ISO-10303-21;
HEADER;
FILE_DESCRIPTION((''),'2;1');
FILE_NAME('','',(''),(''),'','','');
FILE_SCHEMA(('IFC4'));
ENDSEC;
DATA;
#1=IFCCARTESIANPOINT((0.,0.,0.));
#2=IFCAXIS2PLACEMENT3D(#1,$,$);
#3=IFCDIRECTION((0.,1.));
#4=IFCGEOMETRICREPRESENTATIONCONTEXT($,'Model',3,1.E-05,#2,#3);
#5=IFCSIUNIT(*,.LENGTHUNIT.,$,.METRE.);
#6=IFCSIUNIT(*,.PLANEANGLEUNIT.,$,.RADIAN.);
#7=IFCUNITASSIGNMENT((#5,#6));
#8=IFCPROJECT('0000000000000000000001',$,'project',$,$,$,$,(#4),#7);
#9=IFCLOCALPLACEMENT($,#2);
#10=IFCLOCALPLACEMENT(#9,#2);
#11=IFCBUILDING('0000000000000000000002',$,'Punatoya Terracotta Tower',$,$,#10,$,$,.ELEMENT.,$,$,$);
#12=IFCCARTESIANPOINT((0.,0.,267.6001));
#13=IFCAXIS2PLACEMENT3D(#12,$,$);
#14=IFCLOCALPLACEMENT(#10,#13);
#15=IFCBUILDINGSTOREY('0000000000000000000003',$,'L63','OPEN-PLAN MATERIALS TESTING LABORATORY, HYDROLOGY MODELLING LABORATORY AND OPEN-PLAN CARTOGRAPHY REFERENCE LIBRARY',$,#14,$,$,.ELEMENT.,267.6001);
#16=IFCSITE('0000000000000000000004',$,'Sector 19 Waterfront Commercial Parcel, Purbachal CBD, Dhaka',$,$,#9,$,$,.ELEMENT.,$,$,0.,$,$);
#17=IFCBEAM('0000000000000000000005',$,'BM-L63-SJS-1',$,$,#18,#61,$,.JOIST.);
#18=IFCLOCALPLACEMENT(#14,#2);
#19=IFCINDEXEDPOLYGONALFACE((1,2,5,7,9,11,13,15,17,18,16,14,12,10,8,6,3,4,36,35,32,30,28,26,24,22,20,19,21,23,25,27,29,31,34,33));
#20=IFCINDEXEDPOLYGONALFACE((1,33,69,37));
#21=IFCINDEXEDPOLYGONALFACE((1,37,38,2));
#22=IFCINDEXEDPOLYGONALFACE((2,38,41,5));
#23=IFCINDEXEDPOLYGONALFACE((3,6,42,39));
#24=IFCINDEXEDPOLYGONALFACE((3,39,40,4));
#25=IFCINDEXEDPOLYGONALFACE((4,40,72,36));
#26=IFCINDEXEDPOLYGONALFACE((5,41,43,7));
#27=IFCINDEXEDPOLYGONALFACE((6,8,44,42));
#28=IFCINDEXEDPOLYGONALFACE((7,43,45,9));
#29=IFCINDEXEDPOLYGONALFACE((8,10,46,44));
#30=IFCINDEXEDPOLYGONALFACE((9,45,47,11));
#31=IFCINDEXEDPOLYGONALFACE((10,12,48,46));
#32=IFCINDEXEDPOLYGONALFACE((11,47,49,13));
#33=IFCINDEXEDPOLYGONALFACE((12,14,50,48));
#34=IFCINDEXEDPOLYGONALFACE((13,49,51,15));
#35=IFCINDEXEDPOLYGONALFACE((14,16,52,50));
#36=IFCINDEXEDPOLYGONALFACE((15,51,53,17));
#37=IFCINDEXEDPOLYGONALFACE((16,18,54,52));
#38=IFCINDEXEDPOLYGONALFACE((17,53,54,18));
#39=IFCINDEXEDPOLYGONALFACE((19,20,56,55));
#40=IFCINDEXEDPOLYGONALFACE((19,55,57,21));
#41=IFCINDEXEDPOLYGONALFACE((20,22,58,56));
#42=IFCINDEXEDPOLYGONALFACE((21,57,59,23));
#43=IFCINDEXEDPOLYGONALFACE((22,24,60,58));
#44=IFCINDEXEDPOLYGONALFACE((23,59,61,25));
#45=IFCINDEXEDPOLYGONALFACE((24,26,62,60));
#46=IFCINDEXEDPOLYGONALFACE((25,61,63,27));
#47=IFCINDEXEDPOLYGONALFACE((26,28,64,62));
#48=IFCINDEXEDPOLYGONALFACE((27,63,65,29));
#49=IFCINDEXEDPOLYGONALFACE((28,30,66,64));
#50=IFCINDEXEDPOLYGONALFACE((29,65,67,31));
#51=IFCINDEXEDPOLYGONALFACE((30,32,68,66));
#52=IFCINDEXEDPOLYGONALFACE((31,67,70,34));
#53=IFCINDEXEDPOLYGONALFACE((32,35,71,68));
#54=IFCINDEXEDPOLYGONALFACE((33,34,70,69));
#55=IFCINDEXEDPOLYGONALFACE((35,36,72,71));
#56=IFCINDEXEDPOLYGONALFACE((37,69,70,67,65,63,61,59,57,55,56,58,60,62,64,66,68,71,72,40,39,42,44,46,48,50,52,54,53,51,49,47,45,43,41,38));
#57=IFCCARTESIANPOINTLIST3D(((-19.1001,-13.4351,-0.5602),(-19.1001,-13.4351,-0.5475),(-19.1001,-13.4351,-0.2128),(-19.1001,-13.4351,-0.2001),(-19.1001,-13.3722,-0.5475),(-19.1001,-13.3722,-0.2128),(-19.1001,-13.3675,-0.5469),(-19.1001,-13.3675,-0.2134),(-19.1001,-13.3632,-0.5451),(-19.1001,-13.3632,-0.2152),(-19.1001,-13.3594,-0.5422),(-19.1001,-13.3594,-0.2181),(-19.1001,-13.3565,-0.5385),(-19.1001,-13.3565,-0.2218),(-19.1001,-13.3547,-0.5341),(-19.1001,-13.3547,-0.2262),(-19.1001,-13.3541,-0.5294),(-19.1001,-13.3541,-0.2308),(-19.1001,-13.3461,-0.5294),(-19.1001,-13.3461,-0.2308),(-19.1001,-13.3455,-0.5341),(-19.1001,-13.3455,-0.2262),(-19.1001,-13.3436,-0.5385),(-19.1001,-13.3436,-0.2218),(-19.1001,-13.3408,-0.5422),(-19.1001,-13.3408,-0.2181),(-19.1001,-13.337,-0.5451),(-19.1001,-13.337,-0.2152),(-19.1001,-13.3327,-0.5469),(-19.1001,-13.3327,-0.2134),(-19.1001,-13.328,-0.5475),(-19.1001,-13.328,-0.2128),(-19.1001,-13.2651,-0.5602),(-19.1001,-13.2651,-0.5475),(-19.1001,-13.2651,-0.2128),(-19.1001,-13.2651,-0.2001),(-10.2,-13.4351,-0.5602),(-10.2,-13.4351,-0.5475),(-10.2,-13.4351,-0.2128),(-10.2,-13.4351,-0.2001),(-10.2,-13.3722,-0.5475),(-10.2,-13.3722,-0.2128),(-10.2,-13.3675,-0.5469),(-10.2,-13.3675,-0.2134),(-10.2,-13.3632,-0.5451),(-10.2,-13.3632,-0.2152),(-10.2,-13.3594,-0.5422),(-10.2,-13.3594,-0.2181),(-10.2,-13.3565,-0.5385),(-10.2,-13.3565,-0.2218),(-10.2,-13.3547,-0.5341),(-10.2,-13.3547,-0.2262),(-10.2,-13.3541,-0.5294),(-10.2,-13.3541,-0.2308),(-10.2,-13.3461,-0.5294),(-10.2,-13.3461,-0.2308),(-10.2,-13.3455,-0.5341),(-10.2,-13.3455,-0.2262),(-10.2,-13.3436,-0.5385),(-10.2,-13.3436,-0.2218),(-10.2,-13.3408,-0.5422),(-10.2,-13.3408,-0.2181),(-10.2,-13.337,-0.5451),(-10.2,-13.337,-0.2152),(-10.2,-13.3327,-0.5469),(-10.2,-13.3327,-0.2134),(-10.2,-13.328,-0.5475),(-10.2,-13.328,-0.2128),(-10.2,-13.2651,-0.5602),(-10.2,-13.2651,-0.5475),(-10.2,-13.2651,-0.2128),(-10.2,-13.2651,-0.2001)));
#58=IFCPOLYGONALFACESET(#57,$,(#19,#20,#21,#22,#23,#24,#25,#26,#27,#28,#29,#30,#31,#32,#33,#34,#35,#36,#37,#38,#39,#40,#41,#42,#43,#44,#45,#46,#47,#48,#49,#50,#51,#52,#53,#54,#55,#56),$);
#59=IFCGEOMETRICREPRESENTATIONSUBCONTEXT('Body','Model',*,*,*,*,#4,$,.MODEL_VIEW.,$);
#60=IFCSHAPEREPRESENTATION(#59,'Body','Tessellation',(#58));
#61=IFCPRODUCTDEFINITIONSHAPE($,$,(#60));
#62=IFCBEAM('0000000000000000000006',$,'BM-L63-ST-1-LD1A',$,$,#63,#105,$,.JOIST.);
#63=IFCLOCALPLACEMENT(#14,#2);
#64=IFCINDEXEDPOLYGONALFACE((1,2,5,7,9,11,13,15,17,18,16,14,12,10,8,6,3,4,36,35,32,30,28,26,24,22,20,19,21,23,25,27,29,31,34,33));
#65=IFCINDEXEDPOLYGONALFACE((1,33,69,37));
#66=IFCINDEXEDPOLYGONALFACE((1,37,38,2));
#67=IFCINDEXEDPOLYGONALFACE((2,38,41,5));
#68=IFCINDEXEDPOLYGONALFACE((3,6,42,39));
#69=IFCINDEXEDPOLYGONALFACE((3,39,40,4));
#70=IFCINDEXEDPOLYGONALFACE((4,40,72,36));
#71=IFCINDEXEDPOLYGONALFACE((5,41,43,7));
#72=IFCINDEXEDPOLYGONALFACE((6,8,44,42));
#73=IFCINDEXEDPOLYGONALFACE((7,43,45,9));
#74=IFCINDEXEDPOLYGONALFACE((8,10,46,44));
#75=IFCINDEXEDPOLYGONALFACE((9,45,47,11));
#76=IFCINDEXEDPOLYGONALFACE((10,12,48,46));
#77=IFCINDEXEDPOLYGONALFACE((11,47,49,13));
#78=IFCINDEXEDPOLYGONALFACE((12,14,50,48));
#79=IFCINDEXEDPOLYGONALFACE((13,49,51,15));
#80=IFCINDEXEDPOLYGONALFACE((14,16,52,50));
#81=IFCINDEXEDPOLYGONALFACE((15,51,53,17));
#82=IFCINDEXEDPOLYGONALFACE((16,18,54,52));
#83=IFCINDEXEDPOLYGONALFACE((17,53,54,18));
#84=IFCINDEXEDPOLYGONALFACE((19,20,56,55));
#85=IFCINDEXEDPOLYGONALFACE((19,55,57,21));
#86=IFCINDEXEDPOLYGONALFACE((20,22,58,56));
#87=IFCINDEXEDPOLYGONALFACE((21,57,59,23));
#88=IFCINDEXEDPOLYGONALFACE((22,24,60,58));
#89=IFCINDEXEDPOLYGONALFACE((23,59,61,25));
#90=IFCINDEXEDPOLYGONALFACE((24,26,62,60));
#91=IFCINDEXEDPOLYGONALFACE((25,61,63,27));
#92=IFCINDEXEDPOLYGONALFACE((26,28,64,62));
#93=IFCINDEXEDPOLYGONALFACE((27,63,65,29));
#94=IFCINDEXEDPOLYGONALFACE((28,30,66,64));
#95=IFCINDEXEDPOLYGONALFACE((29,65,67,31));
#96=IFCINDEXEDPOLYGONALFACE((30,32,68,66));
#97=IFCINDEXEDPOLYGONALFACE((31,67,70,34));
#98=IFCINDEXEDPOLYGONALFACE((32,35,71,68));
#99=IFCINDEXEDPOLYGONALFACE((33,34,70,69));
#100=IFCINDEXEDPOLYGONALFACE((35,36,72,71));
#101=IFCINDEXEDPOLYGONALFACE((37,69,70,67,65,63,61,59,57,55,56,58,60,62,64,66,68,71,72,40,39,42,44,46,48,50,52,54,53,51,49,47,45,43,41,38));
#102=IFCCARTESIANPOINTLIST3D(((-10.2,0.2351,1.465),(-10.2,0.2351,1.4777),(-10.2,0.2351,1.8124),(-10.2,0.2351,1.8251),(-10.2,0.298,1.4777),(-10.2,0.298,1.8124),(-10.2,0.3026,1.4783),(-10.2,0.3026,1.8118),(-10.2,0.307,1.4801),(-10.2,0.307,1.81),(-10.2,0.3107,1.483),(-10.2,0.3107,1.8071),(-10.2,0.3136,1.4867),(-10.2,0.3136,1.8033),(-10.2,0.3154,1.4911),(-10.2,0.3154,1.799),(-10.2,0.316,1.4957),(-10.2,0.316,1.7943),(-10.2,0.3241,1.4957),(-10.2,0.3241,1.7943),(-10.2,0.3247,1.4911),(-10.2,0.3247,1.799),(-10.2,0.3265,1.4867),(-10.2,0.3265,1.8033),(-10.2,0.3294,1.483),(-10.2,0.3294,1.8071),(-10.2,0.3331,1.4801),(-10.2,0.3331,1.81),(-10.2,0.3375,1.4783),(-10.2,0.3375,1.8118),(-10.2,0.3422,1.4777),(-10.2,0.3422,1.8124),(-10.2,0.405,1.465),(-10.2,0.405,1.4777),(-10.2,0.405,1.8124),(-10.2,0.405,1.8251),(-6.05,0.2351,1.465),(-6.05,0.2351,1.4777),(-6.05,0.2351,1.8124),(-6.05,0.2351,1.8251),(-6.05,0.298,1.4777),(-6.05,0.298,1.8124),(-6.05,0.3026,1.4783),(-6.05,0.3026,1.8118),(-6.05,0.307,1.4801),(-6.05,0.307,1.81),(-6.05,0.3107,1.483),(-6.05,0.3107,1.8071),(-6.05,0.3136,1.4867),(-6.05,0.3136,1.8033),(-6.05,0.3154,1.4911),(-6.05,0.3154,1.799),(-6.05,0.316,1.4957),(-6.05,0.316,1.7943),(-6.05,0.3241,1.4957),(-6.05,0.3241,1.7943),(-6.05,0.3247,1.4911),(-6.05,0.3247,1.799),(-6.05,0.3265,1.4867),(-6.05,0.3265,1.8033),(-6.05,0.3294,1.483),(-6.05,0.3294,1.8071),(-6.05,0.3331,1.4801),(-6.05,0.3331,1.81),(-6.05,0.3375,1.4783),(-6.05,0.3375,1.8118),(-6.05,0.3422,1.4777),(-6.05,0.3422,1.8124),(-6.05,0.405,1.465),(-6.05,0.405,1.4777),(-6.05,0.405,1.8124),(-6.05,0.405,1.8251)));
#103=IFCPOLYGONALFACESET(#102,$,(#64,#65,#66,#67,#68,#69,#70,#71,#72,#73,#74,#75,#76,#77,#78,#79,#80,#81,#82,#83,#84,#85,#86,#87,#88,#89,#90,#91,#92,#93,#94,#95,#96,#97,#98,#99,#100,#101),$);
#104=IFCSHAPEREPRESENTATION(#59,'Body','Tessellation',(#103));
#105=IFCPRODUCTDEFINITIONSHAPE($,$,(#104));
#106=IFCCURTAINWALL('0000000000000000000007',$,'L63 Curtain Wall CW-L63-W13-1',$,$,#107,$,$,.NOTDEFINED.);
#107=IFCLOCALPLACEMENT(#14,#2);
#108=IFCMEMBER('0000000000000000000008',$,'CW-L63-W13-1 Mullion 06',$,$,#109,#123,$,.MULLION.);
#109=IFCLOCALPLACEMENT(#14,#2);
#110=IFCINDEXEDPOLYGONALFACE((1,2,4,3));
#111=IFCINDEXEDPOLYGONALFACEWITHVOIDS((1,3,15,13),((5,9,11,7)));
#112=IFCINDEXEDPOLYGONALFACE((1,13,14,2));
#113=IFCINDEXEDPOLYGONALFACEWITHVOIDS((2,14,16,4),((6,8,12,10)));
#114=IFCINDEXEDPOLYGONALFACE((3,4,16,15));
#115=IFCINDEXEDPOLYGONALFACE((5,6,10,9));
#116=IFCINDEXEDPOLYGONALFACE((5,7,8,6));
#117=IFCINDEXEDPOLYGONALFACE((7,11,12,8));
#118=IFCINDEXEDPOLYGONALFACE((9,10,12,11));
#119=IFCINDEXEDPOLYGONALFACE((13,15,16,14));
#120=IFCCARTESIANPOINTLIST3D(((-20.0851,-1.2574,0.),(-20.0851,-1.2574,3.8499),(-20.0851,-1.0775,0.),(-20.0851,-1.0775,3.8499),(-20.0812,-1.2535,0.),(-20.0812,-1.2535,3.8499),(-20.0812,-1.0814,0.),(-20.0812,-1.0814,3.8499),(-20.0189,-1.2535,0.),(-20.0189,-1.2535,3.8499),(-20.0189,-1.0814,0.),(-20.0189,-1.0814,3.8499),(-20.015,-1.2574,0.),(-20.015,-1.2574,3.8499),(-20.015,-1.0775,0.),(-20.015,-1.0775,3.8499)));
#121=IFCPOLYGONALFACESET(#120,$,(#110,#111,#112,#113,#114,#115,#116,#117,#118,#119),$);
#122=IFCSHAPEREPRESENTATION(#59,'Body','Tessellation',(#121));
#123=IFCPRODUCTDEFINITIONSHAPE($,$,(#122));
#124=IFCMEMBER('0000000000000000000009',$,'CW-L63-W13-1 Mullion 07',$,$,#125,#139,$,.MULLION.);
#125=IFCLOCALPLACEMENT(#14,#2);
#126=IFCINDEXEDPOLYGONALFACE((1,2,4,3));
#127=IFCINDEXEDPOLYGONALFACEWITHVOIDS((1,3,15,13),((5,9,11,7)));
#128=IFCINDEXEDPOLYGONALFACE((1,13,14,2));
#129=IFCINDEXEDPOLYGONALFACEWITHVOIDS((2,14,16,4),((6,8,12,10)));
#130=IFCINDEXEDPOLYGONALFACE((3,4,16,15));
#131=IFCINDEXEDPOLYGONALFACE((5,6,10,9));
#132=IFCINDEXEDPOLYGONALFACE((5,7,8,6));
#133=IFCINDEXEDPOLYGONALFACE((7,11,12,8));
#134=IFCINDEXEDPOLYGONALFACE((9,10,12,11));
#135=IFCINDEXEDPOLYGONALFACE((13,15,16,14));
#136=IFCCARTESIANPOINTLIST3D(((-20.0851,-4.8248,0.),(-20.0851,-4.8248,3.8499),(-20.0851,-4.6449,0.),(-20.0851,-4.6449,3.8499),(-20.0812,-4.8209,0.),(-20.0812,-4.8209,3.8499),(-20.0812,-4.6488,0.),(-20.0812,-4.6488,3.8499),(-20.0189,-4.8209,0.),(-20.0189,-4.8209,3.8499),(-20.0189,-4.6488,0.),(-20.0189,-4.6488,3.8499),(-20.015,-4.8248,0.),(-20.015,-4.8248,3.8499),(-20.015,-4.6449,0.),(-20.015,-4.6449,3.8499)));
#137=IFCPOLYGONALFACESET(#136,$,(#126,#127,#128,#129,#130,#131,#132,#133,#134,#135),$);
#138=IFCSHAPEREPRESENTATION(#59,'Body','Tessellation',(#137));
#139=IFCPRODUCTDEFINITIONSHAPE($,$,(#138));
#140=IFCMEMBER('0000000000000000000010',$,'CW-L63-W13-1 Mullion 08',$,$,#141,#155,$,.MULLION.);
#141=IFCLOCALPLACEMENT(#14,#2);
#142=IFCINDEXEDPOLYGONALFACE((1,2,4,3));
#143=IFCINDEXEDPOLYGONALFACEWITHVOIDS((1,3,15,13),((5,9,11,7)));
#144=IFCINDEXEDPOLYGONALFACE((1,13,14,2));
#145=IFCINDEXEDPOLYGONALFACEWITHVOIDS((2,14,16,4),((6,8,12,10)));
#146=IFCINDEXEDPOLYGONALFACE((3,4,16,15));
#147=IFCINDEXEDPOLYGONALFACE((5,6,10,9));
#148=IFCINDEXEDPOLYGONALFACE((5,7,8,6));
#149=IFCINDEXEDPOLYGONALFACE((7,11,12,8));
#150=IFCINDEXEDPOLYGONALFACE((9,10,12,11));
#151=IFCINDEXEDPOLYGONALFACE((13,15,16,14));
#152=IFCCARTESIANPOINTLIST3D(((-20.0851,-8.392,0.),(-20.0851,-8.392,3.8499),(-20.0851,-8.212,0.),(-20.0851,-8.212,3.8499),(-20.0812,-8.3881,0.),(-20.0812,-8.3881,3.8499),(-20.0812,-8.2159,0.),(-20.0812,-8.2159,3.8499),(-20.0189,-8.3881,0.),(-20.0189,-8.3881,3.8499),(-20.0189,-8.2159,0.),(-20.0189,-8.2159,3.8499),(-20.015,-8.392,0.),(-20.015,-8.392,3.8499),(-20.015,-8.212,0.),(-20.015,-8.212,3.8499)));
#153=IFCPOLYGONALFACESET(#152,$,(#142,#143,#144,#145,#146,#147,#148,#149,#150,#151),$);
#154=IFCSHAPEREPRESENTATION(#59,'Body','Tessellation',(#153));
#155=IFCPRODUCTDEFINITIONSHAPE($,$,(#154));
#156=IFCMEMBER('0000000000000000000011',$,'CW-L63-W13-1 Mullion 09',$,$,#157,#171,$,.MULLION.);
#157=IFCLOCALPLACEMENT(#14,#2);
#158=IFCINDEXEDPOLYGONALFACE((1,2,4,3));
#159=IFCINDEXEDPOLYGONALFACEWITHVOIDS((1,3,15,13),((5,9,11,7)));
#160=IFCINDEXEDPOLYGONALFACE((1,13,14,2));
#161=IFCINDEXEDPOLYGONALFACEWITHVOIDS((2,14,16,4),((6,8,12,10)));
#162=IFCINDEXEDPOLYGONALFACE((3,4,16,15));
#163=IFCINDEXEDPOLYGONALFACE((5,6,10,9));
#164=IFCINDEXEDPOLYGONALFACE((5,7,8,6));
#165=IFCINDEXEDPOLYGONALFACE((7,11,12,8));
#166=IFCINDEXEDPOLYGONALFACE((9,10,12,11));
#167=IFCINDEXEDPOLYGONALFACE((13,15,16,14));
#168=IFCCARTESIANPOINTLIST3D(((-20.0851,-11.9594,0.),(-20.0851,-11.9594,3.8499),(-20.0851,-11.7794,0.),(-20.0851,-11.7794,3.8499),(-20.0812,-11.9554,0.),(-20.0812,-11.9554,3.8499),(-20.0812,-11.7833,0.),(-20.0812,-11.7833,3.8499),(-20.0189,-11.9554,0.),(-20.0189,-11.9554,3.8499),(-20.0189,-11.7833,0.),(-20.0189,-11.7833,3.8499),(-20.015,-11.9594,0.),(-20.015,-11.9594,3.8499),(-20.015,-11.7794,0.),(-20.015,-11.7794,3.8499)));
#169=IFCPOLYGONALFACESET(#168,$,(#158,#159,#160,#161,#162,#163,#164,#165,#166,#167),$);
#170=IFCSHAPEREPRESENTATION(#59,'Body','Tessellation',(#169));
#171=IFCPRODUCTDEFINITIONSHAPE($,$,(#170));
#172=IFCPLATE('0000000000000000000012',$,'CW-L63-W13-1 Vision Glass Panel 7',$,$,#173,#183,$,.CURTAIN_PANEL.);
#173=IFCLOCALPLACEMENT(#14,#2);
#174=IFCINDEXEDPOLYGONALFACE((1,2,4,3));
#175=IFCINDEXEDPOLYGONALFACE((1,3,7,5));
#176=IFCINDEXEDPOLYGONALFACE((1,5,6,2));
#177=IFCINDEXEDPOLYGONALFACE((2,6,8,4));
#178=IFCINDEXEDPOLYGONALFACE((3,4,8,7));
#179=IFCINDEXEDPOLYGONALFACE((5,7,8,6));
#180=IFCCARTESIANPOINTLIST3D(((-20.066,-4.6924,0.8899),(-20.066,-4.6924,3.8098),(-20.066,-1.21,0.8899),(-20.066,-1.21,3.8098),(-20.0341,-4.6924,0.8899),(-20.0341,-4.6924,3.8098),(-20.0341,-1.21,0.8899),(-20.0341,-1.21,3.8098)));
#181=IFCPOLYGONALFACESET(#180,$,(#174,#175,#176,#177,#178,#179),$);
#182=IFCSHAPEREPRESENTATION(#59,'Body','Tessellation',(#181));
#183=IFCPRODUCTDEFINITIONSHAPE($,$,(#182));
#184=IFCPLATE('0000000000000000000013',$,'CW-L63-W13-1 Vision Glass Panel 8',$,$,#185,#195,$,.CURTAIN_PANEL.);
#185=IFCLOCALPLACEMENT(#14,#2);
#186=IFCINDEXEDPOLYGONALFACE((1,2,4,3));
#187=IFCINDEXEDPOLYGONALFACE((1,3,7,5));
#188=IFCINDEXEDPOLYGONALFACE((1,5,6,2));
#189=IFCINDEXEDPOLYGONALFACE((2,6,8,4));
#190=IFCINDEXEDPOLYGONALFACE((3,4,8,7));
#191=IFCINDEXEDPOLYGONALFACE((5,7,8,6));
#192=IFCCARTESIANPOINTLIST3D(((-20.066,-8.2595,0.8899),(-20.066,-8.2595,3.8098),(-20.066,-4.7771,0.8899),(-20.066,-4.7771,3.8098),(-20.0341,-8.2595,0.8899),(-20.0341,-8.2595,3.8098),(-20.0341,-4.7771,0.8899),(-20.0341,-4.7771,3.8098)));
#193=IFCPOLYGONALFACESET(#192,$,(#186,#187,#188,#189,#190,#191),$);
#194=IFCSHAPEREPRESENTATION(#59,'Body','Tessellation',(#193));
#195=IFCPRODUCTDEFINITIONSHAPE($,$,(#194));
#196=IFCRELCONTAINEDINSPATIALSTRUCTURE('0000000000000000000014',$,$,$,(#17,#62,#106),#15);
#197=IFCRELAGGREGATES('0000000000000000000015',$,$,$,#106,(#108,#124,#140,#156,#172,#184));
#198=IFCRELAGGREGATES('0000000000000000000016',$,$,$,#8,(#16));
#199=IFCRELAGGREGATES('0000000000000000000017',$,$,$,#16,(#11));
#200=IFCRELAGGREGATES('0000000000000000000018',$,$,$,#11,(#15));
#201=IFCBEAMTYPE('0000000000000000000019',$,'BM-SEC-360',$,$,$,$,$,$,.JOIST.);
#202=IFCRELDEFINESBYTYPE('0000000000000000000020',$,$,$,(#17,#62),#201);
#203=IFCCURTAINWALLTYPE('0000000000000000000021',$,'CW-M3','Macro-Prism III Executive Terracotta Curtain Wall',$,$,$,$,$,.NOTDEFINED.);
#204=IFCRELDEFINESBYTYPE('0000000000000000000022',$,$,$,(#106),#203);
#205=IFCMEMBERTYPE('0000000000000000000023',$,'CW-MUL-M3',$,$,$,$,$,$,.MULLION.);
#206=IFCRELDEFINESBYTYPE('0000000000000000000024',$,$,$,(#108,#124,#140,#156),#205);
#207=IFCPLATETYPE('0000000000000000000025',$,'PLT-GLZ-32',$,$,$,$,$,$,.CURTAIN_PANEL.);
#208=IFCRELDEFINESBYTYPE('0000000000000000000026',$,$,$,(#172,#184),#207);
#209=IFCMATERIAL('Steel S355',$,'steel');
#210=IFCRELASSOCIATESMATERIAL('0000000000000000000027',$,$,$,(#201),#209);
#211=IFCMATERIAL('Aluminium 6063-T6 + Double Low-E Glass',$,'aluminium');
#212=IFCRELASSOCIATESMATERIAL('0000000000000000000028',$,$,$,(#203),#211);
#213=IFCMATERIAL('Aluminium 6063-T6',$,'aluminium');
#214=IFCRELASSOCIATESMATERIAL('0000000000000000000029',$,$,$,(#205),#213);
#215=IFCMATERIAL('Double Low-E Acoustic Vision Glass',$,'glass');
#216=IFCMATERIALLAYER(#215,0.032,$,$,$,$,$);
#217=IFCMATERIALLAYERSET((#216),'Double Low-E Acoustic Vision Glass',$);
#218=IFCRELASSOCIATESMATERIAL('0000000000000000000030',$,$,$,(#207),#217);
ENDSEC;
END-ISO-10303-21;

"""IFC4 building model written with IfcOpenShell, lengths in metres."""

from ifc_helpers import new_model, si_unit, direction, frame, origin, origin_2d, place, context, subcontext, project, spatial, rectangle, hollow_rectangle, i_section, extrude, material, layer, layer_set, material_profile, profile_set, type_object, element, aggregate, save


model = new_model("IFC4")

# Units and contexts
model_context = context("Model", 3, precision=1e-05, world=origin(), true_north=direction((0.0, 1.0)))
body_context = subcontext(model_context, "Body", "Model", "MODEL_VIEW")
ifc_project = project(units=[si_unit("LENGTHUNIT", "METRE"), si_unit("PLANEANGLEUNIT", "RADIAN")], contexts=[model_context])

# Site, building, storey
site_placement = place(None, origin())
site = spatial("IfcSite", under=ifc_project, at=site_placement, Name="Sector 19 Waterfront Commercial Parcel, Purbachal CBD, Dhaka", CompositionType="ELEMENT", RefElevation=0.0)
building_placement = place(site_placement, origin())
building = spatial("IfcBuilding", under=site, at=building_placement, Name="Punatoya Terracotta Tower", CompositionType="ELEMENT")
storey_placement = place(building_placement, frame((0.0, 0.0, 267.6001)))
storey = spatial("IfcBuildingStorey", under=building, at=storey_placement, Name="L63", Description="OPEN-PLAN MATERIALS TESTING LABORATORY, HYDROLOGY MODELLING LABORATORY AND OPEN-PLAN CARTOGRAPHY REFERENCE LIBRARY", CompositionType="ELEMENT", Elevation=267.6001)

# Beams
ifc_material_1 = material(Name="Steel S355", Category="steel")
ifc_material_profile_1 = material_profile(ifc_material_1, i_section(OverallWidth=0.1699, OverallDepth=0.3601, WebThickness=0.0081, FlangeThickness=0.0127, FilletRadius=0.0181, at=origin_2d()))
ifc_profile_set_1 = profile_set([ifc_material_profile_1], Name="Steel S355")
beam_type_1 = type_object("IfcBeamType", Name="BM-SEC-360", PredefinedType="JOIST", material=ifc_profile_set_1)
beam_1_placement = place(storey_placement, frame((-19.1001, -13.3501, -0.3801), z_axis=(1.0, 0.0, 0.0), x_axis=(0.0, 1.0, 0.0)))
element("IfcBeam", 1, at=beam_1_placement, inside=storey, type_object=beam_type_1, Name="BM-L63-SJS-1", PredefinedType="JOIST", context=body_context, shape_type="SweptSolid", body=[
    extrude(i_section(OverallWidth=0.1699, OverallDepth=0.3601, WebThickness=0.0081, FlangeThickness=0.0127, FilletRadius=0.0181, at=origin_2d()), origin(), (0.0, 0.0, 1.0), 8.9001),
])
beam_2_placement = place(storey_placement, frame((-10.2, 0.3201, 1.645), z_axis=(1.0, 0.0, 0.0), x_axis=(0.0, 1.0, 0.0)))
element("IfcBeam", 2, at=beam_2_placement, inside=storey, type_object=beam_type_1, Name="BM-L63-ST-1-LD1A", PredefinedType="JOIST", context=body_context, shape_type="SweptSolid", body=[
    extrude(i_section(OverallWidth=0.1699, OverallDepth=0.3601, WebThickness=0.0081, FlangeThickness=0.0127, FilletRadius=0.0181, at=origin_2d()), origin(), (0.0, 0.0, 1.0), 4.1499),
])

# Curtain wall, members, plates
ifc_material_2 = material(Name="Aluminium 6063-T6 + Double Low-E Glass", Category="aluminium")
curtain_wall_type = type_object("IfcCurtainWallType", Name="CW-M3", Description="Macro-Prism III Executive Terracotta Curtain Wall", PredefinedType="NOTDEFINED", material=ifc_material_2)
curtain_wall_placement = place(storey_placement, origin())
curtain_wall = element("IfcCurtainWall", 3, at=curtain_wall_placement, inside=storey, type_object=curtain_wall_type, Name="L63 Curtain Wall CW-L63-W13-1", PredefinedType="NOTDEFINED")
ifc_material_3 = material(Name="Aluminium 6063-T6", Category="aluminium")
ifc_material_profile_2 = material_profile(ifc_material_3, hollow_rectangle(XDim=0.0701, YDim=0.1799, WallThickness=0.0039, at=origin_2d()))
ifc_profile_set_2 = profile_set([ifc_material_profile_2], Name="Aluminium 6063-T6")
member_type = type_object("IfcMemberType", Name="CW-MUL-M3", PredefinedType="MULLION", material=ifc_profile_set_2)
member_1_placement = place(storey_placement, frame((-20.05, -1.1675, 0.0), z_axis=(0.0, 0.0, 1.0), x_axis=(1.0, 0.0, 0.0)))
member_1 = element("IfcMember", 4, at=member_1_placement, type_object=member_type, Name="CW-L63-W13-1 Mullion 06", PredefinedType="MULLION", context=body_context, shape_type="SweptSolid", body=[
    extrude(hollow_rectangle(XDim=0.0701, YDim=0.1799, WallThickness=0.0039, at=origin_2d()), origin(), (0.0, 0.0, 1.0), 3.8499),
])
member_2_placement = place(storey_placement, frame((-20.05, -4.7349, 0.0), z_axis=(0.0, 0.0, 1.0), x_axis=(1.0, 0.0, 0.0)))
member_2 = element("IfcMember", 5, at=member_2_placement, type_object=member_type, Name="CW-L63-W13-1 Mullion 07", PredefinedType="MULLION", context=body_context, shape_type="SweptSolid", body=[
    extrude(hollow_rectangle(XDim=0.0701, YDim=0.1799, WallThickness=0.0039, at=origin_2d()), origin(), (0.0, 0.0, 1.0), 3.8499),
])
member_3_placement = place(storey_placement, frame((-20.05, -8.302, 0.0), z_axis=(0.0, 0.0, 1.0), x_axis=(1.0, 0.0, 0.0)))
member_3 = element("IfcMember", 6, at=member_3_placement, type_object=member_type, Name="CW-L63-W13-1 Mullion 08", PredefinedType="MULLION", context=body_context, shape_type="SweptSolid", body=[
    extrude(hollow_rectangle(XDim=0.0701, YDim=0.1799, WallThickness=0.0039, at=origin_2d()), origin(), (0.0, 0.0, 1.0), 3.8499),
])
member_4_placement = place(storey_placement, frame((-20.05, -11.8694, 0.0), z_axis=(0.0, 0.0, 1.0), x_axis=(1.0, 0.0, 0.0)))
member_4 = element("IfcMember", 7, at=member_4_placement, type_object=member_type, Name="CW-L63-W13-1 Mullion 09", PredefinedType="MULLION", context=body_context, shape_type="SweptSolid", body=[
    extrude(hollow_rectangle(XDim=0.0701, YDim=0.1799, WallThickness=0.0039, at=origin_2d()), origin(), (0.0, 0.0, 1.0), 3.8499),
])
ifc_material_4 = material(Name="Double Low-E Acoustic Vision Glass", Category="glass")
ifc_layer_1 = layer(ifc_material_4, 0.032)
ifc_layer_set_1 = layer_set([ifc_layer_1], Name="Double Low-E Acoustic Vision Glass")
plate_type_1 = type_object("IfcPlateType", Name="PLT-GLZ-32", PredefinedType="CURTAIN_PANEL", material=ifc_layer_set_1)
plate_1_placement = place(storey_placement, frame((-20.05, -2.9512, 0.8899), z_axis=(0.0, 0.0, 1.0), x_axis=(0.0, -1.0, 0.0)))
plate_1 = element("IfcPlate", 8, at=plate_1_placement, type_object=plate_type_1, Name="CW-L63-W13-1 Vision Glass Panel 7", PredefinedType="CURTAIN_PANEL", context=body_context, shape_type="SweptSolid", body=[
    extrude(rectangle(XDim=3.4824, YDim=0.032, at=origin_2d()), origin(), (0.0, 0.0, 1.0), 2.9199),
])
plate_2_placement = place(storey_placement, frame((-20.05, -6.5183, 0.8899), z_axis=(0.0, 0.0, 1.0), x_axis=(0.0, -1.0, 0.0)))
plate_2 = element("IfcPlate", 9, at=plate_2_placement, type_object=plate_type_1, Name="CW-L63-W13-1 Vision Glass Panel 8", PredefinedType="CURTAIN_PANEL", context=body_context, shape_type="SweptSolid", body=[
    extrude(rectangle(XDim=3.4824, YDim=0.032, at=origin_2d()), origin(), (0.0, 0.0, 1.0), 2.9199),
])
aggregate(curtain_wall, [member_1, member_2, member_3, member_4, plate_1, plate_2])

save(model, "model.ifc")
